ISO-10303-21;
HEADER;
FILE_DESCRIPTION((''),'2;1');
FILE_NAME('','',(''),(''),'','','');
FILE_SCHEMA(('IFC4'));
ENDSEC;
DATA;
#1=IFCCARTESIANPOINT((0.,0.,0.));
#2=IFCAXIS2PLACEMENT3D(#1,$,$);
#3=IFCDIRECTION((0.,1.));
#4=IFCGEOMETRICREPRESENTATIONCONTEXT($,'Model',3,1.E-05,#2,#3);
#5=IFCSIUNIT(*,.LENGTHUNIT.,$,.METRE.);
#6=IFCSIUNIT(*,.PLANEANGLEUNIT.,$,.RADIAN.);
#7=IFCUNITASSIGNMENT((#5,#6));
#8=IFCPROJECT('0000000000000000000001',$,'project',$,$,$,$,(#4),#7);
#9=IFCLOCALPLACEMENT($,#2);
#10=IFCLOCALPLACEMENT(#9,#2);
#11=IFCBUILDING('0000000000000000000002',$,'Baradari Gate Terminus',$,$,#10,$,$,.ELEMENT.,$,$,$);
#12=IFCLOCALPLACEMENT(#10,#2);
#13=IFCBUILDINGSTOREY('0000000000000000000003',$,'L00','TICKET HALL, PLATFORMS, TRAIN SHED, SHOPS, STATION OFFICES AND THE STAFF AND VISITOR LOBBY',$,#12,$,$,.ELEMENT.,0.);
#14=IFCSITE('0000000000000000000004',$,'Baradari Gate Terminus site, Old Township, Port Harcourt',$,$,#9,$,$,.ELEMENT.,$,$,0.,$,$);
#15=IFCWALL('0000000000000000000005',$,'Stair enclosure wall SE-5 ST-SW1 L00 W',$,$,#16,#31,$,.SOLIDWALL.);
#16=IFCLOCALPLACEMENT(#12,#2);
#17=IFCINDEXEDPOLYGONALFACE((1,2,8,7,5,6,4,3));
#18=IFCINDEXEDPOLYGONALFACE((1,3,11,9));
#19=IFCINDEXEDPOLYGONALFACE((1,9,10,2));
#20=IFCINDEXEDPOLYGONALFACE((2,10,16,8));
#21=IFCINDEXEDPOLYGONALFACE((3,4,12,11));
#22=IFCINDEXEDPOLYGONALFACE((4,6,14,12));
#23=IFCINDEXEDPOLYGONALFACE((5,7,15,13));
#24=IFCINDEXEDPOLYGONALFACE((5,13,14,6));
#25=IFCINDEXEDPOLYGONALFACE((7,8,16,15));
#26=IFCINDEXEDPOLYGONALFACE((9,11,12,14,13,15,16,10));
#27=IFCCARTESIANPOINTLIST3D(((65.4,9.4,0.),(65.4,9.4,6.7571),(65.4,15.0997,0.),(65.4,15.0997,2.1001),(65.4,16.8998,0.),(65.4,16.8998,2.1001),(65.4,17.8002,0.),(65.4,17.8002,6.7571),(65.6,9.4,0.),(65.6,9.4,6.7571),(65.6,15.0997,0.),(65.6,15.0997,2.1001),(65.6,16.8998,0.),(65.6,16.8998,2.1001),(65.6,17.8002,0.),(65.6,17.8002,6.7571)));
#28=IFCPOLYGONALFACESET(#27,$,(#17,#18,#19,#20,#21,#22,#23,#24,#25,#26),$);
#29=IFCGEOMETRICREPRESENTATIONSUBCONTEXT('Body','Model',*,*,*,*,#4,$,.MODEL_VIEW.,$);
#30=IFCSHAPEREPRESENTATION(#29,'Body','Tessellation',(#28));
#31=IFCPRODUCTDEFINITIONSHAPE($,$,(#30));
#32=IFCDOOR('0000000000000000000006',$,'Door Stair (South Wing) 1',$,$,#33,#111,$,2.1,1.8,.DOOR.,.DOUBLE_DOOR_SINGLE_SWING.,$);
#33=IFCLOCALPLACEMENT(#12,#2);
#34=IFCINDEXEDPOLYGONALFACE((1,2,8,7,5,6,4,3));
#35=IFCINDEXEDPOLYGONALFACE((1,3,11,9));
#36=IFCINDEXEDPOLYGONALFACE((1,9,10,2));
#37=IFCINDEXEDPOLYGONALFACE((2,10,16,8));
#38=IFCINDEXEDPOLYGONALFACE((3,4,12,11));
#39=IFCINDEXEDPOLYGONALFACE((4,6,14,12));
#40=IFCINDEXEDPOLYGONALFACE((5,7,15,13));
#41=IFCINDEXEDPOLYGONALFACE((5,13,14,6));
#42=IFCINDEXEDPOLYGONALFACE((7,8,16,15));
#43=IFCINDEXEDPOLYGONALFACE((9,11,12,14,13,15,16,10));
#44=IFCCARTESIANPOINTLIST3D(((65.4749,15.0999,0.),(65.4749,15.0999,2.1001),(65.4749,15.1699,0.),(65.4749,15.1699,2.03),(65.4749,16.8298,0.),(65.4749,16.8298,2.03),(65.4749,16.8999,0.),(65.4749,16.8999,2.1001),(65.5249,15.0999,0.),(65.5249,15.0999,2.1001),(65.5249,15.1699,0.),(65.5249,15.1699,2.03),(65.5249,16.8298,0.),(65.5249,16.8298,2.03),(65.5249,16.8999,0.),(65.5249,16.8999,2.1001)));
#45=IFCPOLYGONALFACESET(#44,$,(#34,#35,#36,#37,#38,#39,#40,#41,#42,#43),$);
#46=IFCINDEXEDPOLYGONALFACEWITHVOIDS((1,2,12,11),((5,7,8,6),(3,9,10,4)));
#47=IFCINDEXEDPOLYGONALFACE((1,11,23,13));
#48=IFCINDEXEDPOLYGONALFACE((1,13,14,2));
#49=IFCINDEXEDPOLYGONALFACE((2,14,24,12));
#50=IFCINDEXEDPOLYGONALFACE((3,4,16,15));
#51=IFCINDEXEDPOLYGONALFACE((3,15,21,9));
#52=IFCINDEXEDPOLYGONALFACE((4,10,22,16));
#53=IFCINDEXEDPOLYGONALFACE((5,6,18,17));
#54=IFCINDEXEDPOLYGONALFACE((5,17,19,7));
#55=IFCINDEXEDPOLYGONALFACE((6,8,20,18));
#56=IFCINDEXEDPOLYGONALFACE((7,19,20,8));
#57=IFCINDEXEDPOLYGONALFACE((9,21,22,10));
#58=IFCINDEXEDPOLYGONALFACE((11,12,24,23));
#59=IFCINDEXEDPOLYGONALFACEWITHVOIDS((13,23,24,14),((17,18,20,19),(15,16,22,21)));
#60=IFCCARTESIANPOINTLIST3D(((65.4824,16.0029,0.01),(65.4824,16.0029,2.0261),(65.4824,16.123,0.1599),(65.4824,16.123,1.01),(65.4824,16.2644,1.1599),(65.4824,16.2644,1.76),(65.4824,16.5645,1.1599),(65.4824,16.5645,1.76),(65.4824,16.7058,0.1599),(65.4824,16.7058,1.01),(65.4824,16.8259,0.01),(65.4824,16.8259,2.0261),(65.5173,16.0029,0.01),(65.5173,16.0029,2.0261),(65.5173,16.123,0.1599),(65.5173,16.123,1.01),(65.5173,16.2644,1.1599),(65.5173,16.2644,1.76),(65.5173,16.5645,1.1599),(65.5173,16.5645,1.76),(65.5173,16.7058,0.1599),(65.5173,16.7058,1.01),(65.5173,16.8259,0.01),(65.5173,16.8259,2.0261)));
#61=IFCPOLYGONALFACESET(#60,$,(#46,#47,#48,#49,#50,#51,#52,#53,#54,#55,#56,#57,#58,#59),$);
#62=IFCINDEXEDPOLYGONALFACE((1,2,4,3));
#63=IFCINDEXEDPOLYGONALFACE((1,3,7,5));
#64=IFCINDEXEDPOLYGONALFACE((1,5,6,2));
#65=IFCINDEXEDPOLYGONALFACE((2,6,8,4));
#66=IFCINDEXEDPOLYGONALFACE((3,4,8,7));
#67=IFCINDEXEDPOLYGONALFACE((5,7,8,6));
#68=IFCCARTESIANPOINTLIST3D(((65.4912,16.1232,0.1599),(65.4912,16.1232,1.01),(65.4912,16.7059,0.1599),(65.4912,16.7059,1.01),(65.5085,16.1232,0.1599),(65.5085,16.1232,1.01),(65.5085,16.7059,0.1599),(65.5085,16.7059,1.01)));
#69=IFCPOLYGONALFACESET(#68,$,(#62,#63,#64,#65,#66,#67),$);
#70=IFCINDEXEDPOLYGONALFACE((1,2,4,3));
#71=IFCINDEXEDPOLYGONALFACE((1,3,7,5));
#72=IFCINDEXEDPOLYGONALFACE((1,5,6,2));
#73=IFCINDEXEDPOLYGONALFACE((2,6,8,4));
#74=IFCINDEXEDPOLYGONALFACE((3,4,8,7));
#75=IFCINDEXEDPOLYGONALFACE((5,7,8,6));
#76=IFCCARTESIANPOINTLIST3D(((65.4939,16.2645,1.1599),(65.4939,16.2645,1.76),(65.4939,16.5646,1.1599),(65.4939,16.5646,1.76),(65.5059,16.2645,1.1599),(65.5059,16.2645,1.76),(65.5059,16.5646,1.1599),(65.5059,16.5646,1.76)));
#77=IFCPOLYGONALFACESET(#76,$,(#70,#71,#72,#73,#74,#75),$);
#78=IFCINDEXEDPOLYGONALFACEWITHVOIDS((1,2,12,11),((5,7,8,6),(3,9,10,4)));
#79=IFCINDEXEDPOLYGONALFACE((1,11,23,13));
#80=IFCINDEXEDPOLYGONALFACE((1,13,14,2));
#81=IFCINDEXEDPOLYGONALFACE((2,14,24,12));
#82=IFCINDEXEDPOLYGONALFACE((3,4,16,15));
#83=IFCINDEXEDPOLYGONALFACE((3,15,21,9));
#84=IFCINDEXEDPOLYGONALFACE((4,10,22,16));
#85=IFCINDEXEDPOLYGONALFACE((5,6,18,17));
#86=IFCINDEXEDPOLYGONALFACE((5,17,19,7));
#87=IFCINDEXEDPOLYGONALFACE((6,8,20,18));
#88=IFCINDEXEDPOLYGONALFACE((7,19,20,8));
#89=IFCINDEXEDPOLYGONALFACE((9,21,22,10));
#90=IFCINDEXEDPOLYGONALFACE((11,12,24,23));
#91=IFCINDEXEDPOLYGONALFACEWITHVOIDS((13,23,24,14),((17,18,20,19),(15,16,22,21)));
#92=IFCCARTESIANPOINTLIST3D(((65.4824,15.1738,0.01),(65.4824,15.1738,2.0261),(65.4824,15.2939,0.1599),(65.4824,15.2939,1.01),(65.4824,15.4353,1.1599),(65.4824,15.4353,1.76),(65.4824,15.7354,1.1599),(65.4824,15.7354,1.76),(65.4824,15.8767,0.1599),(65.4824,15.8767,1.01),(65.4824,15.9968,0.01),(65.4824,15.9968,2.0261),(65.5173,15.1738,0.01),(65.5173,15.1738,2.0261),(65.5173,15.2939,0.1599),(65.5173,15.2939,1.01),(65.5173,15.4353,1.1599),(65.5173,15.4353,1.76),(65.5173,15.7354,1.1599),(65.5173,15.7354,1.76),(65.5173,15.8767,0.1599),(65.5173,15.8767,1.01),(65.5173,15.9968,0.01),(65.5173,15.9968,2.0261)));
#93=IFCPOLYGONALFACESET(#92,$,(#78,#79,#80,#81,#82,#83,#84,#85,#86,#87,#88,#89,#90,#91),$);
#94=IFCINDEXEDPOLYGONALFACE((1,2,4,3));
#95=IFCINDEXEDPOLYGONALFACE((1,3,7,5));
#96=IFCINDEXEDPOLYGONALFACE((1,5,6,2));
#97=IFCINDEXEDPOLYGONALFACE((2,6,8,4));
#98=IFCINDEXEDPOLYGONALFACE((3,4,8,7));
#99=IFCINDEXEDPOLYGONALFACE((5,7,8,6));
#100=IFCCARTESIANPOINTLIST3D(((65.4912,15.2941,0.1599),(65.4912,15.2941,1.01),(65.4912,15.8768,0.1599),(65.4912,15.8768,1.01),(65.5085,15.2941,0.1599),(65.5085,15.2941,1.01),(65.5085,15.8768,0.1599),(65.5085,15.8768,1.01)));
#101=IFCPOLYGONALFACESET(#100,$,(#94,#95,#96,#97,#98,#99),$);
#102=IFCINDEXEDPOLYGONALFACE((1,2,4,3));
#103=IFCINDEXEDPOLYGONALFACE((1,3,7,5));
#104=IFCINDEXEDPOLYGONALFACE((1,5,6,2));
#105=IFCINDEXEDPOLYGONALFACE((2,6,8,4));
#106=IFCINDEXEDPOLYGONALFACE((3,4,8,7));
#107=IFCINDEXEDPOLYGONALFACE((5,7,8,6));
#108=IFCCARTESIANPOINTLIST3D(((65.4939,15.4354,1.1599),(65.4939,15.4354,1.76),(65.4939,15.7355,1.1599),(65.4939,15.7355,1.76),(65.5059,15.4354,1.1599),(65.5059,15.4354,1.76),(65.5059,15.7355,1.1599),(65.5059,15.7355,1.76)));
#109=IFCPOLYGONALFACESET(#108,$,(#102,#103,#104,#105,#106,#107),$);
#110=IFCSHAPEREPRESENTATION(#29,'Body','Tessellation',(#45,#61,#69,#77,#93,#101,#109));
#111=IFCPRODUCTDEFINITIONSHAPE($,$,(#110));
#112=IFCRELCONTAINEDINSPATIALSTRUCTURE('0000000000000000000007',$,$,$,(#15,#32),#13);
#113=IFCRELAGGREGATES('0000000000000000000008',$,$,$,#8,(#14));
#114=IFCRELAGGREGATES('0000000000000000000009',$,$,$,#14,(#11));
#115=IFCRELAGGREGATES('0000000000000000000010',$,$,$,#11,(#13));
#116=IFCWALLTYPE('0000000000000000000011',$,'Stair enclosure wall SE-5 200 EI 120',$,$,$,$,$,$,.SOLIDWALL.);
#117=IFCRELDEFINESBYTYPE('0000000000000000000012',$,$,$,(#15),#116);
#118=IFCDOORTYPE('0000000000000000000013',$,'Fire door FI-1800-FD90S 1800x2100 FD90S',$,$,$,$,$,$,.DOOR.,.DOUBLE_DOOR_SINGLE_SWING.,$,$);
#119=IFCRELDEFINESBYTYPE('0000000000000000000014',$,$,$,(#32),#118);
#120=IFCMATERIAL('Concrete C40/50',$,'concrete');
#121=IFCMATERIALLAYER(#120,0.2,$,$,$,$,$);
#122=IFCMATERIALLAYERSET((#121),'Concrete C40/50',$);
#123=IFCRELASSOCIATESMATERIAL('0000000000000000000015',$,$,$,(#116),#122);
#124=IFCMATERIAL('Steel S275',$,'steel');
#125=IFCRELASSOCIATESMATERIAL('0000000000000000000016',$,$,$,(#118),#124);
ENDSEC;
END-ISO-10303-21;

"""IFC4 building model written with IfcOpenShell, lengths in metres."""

from ifc_helpers import new_model, si_unit, direction, frame, frame_2d, origin, place, context, subcontext, project, spatial, polyline, rectangle, outline, extrude, material, layer, layer_set, type_object, element, fill, save


model = new_model("IFC4")

# Units and contexts
model_context = context("Model", 3, precision=1e-05, world=origin(), true_north=direction((0.0, 1.0)))
body_context = subcontext(model_context, "Body", "Model", "MODEL_VIEW")
ifc_project = project(units=[si_unit("LENGTHUNIT", "METRE"), si_unit("PLANEANGLEUNIT", "RADIAN")], contexts=[model_context])

# Site, building, storey
site_placement = place(None, origin())
site = spatial("IfcSite", under=ifc_project, at=site_placement, Name="Baradari Gate Terminus site, Old Township, Port Harcourt", CompositionType="ELEMENT", RefElevation=0.0)
building_placement = place(site_placement, origin())
building = spatial("IfcBuilding", under=site, at=building_placement, Name="Baradari Gate Terminus", CompositionType="ELEMENT")
storey_placement = place(building_placement, origin())
storey = spatial("IfcBuildingStorey", under=building, at=storey_placement, Name="L00", Description="TICKET HALL, PLATFORMS, TRAIN SHED, SHOPS, STATION OFFICES AND THE STAFF AND VISITOR LOBBY", CompositionType="ELEMENT", Elevation=0.0)

# Shared definitions
ifc_material_1 = material(Name="Concrete C40/50", Category="concrete")
ifc_layer_1 = layer(ifc_material_1, 0.2)
ifc_layer_set_1 = layer_set([ifc_layer_1], Name="Concrete C40/50")
wall_type_1 = type_object("IfcWallType", Name="Stair enclosure wall SE-5 200 EI 120", PredefinedType="SOLIDWALL", material=ifc_layer_set_1)

# Wall, opening, door
ifc_material_2 = material(Name="Steel S275", Category="steel")
door_type_1 = type_object("IfcDoorType", Name="Fire door FI-1800-FD90S 1800x2100 FD90S", OperationType="DOUBLE_DOOR_SINGLE_SWING", PredefinedType="DOOR", material=ifc_material_2)
wall_1_placement = place(storey_placement, frame((65.5, 9.3999, 0.0), z_axis=(0.0, 0.0, 1.0), x_axis=(0.0, 1.0, 0.0)))
wall_1 = element("IfcWall", 1, at=wall_1_placement, inside=storey, type_object=wall_type_1, Name="Stair enclosure wall SE-5 ST-SW1 L00 W", PredefinedType="SOLIDWALL", context=body_context, shape_type="SweptSolid", body=[
    extrude(rectangle(XDim=8.4001, YDim=0.2, at=frame_2d((4.2002, 0.0))), origin(), (0.0, 0.0, 1.0), 6.7571),
])
opening_1_placement = place(wall_1_placement, frame((5.7, 0.0, 0.0)))
opening_1 = element("IfcOpeningElement", 2, at=opening_1_placement, cuts=wall_1, PredefinedType="OPENING", context=body_context, shape_type="SweptSolid", body=[
    extrude(rectangle(XDim=1.8, YDim=2.1001, at=frame_2d((0.8999, 1.05))), frame((0.0, 0.1099, 0.0), z_axis=(0.0, -1.0, 0.0), x_axis=(1.0, 0.0, 0.0)), (0.0, 0.0, 1.0), 0.22),
])
door_1_placement = place(opening_1_placement, frame((1.8, 0.0, 0.0), z_axis=(0.0, 0.0, 1.0), x_axis=(-1.0, 0.0, 0.0)))
door_1 = element("IfcDoor", 3, at=door_1_placement, inside=storey, type_object=door_type_1, Name="Door Stair (South Wing) 1", OperationType="DOUBLE_DOOR_SINGLE_SWING", OverallHeight=2.1, OverallWidth=1.8, PredefinedType="DOOR", context=body_context, shape_type="SweptSolid", body=[
    extrude(outline(polyline([(0.0, 0.0), (0.0701, 0.0), (0.0701, 2.03), (1.73, 2.03), (1.73, 0.0), (1.8, 0.0), (1.8, 2.1001), (0.0, 2.1001), (0.0, 0.0)])), frame((0.0, 0.0249, 0.0), z_axis=(0.0, -1.0, 0.0), x_axis=(1.0, 0.0, 0.0)), (0.0, 0.0, 1.0), 0.05),
    extrude(outline(polyline([(0.074, 0.01), (0.897, 0.01), (0.897, 2.0261), (0.074, 2.0261), (0.074, 0.01)]), holes=[polyline([(0.1941, 0.1599), (0.7769, 0.1599), (0.7769, 1.01), (0.1941, 1.01), (0.1941, 0.1599)]), polyline([(0.3354, 1.1599), (0.6355, 1.1599), (0.6355, 1.76), (0.3354, 1.76), (0.3354, 1.1599)])]), frame((0.0, 0.0173, 0.0), z_axis=(0.0, -1.0, 0.0), x_axis=(1.0, 0.0, 0.0)), (0.0, 0.0, 1.0), 0.0349),
    extrude(rectangle(XDim=0.5828, YDim=0.8501, at=frame_2d((0.4854, 0.585))), frame((0.0, 0.0085, 0.0), z_axis=(0.0, -1.0, 0.0), x_axis=(1.0, 0.0, 0.0)), (0.0, 0.0, 1.0), 0.0173),
    extrude(rectangle(XDim=0.3, YDim=0.6001, at=frame_2d((0.4854, 1.46))), frame((0.0, 0.0059, 0.0), z_axis=(0.0, -1.0, 0.0), x_axis=(1.0, 0.0, 0.0)), (0.0, 0.0, 1.0), 0.012),
    extrude(outline(polyline([(0.9031, 0.01), (1.7261, 0.01), (1.7261, 2.0261), (0.9031, 2.0261), (0.9031, 0.01)]), holes=[polyline([(1.0232, 0.1599), (1.606, 0.1599), (1.606, 1.01), (1.0232, 1.01), (1.0232, 0.1599)]), polyline([(1.1646, 1.1599), (1.4646, 1.1599), (1.4646, 1.76), (1.1646, 1.76), (1.1646, 1.1599)])]), frame((0.0, 0.0173, 0.0), z_axis=(0.0, -1.0, 0.0), x_axis=(1.0, 0.0, 0.0)), (0.0, 0.0, 1.0), 0.0349),
    extrude(rectangle(XDim=0.5828, YDim=0.8501, at=frame_2d((1.3145, 0.585))), frame((0.0, 0.0085, 0.0), z_axis=(0.0, -1.0, 0.0), x_axis=(1.0, 0.0, 0.0)), (0.0, 0.0, 1.0), 0.0173),
    extrude(rectangle(XDim=0.3, YDim=0.6001, at=frame_2d((1.3145, 1.46))), frame((0.0, 0.0059, 0.0), z_axis=(0.0, -1.0, 0.0), x_axis=(1.0, 0.0, 0.0)), (0.0, 0.0, 1.0), 0.012),
])
fill(opening_1, door_1)

save(model, "model.ifc")
